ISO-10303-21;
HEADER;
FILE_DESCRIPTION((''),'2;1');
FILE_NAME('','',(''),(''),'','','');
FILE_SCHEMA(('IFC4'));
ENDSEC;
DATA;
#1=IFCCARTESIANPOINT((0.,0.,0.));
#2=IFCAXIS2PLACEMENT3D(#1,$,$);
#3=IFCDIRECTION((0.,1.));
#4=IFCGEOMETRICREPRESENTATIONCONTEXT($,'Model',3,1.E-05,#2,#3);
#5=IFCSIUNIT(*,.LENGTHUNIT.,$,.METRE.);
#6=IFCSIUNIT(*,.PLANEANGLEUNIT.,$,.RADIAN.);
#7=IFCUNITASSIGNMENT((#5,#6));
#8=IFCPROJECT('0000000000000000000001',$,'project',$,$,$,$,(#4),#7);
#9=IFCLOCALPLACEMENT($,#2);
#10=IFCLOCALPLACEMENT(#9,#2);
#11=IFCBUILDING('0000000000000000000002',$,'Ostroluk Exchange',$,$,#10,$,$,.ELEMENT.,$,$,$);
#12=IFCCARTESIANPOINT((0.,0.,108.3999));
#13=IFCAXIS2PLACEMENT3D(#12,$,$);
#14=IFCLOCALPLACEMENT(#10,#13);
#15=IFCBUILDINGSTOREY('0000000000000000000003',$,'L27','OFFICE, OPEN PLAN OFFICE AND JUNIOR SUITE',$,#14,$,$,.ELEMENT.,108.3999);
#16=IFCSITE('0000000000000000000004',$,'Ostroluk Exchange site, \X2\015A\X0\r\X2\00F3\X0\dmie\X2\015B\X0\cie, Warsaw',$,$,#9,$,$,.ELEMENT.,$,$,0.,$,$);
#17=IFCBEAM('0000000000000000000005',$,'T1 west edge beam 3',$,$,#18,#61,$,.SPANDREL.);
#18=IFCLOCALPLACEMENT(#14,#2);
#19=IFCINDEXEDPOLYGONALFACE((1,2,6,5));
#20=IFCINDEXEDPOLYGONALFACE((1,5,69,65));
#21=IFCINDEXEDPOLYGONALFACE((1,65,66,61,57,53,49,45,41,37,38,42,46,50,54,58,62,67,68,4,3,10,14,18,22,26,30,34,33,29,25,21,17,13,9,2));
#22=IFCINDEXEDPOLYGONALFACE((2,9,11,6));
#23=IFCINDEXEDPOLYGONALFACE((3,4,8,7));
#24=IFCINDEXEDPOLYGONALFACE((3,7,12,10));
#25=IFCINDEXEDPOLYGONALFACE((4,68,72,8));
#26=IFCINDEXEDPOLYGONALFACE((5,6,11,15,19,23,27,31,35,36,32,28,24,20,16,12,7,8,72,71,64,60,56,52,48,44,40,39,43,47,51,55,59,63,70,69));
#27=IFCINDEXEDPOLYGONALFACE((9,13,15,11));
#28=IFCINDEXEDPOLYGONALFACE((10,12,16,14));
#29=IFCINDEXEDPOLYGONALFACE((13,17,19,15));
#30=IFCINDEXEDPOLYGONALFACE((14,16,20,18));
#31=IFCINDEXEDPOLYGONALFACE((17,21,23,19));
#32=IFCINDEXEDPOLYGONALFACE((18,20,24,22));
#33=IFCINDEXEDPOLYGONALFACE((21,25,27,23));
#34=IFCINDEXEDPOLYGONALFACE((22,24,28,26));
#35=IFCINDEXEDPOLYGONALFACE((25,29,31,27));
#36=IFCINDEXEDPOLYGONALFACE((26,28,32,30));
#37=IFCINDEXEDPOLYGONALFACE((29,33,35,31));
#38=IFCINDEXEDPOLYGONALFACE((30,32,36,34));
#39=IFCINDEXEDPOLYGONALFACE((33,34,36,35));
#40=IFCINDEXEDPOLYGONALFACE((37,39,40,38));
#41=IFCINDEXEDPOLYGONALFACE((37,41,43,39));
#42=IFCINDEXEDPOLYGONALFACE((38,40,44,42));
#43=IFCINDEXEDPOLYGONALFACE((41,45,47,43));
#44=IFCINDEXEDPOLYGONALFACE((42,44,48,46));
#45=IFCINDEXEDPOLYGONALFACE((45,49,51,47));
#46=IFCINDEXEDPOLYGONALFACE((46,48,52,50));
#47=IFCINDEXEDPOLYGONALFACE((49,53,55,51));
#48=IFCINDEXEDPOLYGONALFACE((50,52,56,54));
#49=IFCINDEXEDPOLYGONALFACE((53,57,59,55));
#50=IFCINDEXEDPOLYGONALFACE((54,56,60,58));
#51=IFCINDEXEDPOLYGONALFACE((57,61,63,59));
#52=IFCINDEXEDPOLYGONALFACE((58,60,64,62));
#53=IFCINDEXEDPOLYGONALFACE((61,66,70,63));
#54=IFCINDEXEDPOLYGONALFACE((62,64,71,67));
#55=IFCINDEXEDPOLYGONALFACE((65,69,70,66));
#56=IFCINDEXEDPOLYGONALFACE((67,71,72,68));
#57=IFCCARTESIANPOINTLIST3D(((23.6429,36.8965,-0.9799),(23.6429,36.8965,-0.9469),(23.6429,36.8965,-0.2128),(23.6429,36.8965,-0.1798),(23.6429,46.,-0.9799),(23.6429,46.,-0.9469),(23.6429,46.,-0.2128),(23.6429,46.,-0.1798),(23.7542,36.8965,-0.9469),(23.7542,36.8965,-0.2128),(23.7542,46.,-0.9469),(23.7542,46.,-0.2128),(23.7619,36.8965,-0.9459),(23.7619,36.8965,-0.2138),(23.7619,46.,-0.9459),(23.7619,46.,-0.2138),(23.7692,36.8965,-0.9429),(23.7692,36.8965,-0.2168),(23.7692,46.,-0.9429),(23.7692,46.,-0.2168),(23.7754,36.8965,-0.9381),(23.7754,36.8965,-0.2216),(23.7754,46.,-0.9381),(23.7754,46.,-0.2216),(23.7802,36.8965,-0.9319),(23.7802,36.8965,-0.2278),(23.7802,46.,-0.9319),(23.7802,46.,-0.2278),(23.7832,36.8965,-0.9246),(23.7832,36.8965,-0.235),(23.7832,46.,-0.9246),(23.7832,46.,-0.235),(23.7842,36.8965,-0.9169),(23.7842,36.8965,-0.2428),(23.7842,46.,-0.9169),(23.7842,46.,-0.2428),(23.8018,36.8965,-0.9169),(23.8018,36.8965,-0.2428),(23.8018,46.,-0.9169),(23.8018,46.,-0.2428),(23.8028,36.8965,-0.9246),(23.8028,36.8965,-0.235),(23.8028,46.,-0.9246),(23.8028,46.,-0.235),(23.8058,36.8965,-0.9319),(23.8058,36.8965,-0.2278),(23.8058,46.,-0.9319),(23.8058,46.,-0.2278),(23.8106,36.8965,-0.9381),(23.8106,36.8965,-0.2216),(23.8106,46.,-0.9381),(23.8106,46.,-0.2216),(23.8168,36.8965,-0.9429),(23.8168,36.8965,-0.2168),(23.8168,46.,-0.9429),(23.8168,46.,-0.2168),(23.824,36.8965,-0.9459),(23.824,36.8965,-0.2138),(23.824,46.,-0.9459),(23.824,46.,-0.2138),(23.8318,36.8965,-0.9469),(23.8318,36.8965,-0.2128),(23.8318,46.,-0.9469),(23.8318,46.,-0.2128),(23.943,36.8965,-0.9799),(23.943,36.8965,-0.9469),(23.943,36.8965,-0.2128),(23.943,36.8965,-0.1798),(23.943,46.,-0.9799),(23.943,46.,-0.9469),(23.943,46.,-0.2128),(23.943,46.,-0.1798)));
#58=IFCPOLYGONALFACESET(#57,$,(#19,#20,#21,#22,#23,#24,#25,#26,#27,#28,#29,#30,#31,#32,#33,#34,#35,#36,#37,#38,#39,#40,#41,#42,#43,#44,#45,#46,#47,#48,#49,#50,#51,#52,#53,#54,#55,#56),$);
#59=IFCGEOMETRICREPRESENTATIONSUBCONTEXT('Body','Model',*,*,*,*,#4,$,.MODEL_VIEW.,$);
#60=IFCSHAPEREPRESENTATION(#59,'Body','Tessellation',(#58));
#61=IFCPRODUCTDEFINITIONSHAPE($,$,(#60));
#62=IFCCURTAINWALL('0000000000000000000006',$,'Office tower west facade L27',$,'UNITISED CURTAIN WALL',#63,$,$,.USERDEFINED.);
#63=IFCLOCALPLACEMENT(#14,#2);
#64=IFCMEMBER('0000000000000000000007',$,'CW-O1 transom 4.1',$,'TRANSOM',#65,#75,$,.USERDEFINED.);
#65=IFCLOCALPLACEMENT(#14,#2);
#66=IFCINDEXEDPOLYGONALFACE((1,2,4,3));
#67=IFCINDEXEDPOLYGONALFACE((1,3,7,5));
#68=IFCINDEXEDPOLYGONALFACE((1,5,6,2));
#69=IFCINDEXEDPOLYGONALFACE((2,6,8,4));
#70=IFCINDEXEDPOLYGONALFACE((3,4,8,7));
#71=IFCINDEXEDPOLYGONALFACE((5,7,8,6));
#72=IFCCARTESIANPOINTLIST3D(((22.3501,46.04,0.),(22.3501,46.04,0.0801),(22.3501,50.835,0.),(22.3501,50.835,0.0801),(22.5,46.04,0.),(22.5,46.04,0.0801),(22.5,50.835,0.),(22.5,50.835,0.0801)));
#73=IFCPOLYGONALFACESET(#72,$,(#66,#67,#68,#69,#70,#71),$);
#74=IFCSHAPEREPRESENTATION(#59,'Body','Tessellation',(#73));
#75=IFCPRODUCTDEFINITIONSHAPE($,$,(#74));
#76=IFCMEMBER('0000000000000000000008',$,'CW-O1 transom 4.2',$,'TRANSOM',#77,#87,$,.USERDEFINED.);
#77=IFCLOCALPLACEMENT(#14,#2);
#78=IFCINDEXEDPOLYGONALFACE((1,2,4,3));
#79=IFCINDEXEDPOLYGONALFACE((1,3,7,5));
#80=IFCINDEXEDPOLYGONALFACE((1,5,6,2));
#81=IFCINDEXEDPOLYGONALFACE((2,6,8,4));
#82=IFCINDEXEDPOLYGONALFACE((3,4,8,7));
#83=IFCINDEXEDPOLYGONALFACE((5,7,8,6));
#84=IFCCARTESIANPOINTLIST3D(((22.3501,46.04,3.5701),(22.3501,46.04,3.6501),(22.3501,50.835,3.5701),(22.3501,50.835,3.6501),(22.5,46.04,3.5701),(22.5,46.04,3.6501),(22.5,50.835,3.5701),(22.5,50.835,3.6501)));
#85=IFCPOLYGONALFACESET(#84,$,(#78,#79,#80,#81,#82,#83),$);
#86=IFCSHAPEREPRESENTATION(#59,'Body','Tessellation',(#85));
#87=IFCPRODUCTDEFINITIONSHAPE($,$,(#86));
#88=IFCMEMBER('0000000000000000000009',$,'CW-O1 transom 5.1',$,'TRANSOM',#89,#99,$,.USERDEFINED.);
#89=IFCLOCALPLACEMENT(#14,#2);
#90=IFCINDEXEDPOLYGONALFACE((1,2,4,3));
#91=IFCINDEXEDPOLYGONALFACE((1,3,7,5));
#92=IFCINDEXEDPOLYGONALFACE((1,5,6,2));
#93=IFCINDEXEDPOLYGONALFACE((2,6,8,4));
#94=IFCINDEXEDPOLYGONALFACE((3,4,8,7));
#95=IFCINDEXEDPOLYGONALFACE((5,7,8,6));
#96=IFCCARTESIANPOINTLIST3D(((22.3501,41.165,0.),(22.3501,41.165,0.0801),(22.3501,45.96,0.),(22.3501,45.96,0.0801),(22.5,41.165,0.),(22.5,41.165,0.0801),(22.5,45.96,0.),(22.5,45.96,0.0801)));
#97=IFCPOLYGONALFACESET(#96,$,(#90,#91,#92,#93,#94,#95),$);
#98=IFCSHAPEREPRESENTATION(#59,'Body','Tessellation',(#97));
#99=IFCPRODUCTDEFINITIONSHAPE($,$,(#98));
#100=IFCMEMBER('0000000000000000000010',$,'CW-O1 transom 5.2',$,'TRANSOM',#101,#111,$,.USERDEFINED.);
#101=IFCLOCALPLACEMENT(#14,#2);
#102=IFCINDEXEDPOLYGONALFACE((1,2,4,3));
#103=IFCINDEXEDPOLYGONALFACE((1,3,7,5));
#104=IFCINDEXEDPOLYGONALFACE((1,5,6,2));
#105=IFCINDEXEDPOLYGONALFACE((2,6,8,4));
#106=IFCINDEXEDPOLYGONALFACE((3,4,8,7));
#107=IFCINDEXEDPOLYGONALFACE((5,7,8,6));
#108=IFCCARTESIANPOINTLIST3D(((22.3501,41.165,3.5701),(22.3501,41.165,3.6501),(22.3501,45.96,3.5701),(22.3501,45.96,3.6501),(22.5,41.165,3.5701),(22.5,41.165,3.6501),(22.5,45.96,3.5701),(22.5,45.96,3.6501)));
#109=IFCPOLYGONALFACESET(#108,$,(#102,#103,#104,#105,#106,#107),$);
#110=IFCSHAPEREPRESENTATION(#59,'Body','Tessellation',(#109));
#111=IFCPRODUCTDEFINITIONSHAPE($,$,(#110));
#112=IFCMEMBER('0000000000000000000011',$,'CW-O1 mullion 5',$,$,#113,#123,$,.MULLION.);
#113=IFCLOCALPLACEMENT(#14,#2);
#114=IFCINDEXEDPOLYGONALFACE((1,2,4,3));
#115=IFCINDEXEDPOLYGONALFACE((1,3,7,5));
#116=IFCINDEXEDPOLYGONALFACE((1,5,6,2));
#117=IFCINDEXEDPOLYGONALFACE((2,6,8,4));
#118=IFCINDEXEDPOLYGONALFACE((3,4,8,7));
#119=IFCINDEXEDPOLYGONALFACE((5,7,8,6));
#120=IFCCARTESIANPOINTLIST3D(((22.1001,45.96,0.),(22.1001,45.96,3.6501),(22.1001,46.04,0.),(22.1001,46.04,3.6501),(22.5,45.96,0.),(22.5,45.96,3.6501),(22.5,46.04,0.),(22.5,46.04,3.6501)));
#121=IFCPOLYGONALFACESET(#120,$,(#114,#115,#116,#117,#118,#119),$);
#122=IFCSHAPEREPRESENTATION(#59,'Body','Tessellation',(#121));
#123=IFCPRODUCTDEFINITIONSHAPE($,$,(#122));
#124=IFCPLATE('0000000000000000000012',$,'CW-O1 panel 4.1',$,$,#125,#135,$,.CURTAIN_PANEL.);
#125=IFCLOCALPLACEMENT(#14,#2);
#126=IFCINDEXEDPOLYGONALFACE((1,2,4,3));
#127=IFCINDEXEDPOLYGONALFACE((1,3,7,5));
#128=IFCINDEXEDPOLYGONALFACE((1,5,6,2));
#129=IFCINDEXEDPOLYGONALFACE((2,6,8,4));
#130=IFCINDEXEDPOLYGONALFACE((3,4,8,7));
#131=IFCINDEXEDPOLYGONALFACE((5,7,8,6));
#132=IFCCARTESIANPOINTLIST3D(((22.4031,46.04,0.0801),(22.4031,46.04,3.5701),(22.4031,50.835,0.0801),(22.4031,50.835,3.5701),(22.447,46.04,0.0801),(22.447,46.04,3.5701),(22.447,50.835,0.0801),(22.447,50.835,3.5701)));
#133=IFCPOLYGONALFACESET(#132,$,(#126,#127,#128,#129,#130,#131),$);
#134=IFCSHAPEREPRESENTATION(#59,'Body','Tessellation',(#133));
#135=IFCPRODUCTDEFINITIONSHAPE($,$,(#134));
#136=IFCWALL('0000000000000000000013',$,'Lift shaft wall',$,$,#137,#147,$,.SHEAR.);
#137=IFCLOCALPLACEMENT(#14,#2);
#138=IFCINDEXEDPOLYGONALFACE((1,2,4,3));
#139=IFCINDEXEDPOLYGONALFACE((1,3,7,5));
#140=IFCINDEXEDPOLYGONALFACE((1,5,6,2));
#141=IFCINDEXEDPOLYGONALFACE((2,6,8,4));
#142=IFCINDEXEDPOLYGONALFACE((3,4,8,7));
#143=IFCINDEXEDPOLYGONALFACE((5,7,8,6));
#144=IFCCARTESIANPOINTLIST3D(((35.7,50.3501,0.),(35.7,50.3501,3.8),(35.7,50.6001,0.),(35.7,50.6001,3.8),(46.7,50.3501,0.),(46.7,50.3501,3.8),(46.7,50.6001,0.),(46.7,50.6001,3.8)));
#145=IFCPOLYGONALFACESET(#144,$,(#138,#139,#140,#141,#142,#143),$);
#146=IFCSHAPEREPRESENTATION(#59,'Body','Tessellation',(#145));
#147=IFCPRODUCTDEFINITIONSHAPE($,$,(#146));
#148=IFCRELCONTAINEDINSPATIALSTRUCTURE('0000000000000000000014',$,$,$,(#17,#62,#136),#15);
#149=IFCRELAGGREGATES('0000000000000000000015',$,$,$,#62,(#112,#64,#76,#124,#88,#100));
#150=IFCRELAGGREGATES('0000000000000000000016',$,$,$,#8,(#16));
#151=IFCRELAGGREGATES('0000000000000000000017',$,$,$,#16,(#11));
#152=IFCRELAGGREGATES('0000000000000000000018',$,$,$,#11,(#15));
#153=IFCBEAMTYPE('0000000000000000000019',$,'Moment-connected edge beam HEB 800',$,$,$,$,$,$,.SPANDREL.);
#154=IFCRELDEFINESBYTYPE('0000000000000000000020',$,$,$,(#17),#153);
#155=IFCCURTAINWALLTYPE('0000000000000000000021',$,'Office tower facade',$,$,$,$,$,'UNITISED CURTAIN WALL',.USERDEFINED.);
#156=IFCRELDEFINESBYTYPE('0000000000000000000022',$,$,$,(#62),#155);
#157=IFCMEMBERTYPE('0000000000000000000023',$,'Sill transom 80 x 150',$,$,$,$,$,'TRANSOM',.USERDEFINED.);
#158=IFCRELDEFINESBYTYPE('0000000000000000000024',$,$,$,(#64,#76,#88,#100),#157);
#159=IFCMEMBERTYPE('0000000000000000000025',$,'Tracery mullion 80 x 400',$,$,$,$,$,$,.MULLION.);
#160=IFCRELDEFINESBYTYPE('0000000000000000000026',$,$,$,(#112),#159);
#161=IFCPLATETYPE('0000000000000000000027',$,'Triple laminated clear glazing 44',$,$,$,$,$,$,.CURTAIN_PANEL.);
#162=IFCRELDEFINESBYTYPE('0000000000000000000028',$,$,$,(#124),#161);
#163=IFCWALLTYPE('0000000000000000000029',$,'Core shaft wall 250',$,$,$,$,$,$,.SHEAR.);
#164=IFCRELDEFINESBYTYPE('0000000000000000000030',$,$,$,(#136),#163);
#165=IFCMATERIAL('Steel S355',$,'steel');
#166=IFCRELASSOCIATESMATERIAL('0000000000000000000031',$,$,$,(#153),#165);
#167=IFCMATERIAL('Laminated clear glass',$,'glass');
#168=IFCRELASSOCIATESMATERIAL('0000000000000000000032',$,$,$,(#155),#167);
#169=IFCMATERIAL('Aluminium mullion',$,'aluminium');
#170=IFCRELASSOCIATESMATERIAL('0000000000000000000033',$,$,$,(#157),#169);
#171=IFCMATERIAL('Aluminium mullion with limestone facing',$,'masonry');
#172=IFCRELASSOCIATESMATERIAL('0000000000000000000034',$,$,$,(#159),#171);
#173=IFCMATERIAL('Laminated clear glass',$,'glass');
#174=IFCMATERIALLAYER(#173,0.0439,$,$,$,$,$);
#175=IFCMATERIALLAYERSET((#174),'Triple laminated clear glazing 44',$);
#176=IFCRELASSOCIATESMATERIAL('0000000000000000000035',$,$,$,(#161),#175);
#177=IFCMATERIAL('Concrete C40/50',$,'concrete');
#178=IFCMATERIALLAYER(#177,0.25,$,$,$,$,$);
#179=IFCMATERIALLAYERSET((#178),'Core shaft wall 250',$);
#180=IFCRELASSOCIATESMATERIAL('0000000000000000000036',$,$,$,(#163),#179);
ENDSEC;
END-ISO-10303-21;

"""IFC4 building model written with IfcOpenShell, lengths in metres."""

from ifc_helpers import new_model, si_unit, direction, frame, frame_2d, origin, origin_2d, place, context, subcontext, project, spatial, rectangle, i_section, extrude, material, layer, layer_set, material_profile, profile_set, type_object, element, aggregate, save


model = new_model("IFC4")

# Units and contexts
model_context = context("Model", 3, precision=1e-05, world=origin(), true_north=direction((0.0, 1.0)))
body_context = subcontext(model_context, "Body", "Model", "MODEL_VIEW")
ifc_project = project(units=[si_unit("LENGTHUNIT", "METRE"), si_unit("PLANEANGLEUNIT", "RADIAN")], contexts=[model_context])

# Site, building, storey
site_placement = place(None, origin())
site = spatial("IfcSite", under=ifc_project, at=site_placement, Name="Ostroluk Exchange site, Śródmieście, Warsaw", CompositionType="ELEMENT", RefElevation=0.0)
building_placement = place(site_placement, origin())
building = spatial("IfcBuilding", under=site, at=building_placement, Name="Ostroluk Exchange", CompositionType="ELEMENT")
storey_placement = place(building_placement, frame((0.0, 0.0, 108.3999)))
storey = spatial("IfcBuildingStorey", under=building, at=storey_placement, Name="L27", Description="OFFICE, OPEN PLAN OFFICE AND JUNIOR SUITE", CompositionType="ELEMENT", Elevation=108.3999)

# Beam
ifc_material_1 = material(Name="Steel S355", Category="steel")
ifc_material_profile_1 = material_profile(ifc_material_1, i_section(OverallWidth=0.3, OverallDepth=0.8, WebThickness=0.0176, FlangeThickness=0.033, FilletRadius=0.03, at=origin_2d()), Name="HEB 800")
ifc_profile_set_1 = profile_set([ifc_material_profile_1], Name="Steel S355")
beam_type_1 = type_object("IfcBeamType", Name="Moment-connected edge beam HEB 800", PredefinedType="SPANDREL", material=ifc_profile_set_1)
beam_placement = place(storey_placement, frame((23.793, 46.0, -0.5798), z_axis=(0.0, -1.0, 0.0), x_axis=(1.0, 0.0, 0.0)))
element("IfcBeam", 1, at=beam_placement, inside=storey, type_object=beam_type_1, Name="T1 west edge beam 3", PredefinedType="SPANDREL", context=body_context, shape_type="SweptSolid", body=[
    extrude(i_section(OverallWidth=0.3, OverallDepth=0.8, WebThickness=0.0176, FlangeThickness=0.033, FilletRadius=0.03, at=origin_2d()), origin(), (0.0, 0.0, 1.0), 9.1035),
])

# Curtain wall, members, plate
ifc_material_2 = material(Name="Laminated clear glass", Category="glass")
curtain_wall_type = type_object("IfcCurtainWallType", Name="Office tower facade", ElementType="UNITISED CURTAIN WALL", PredefinedType="USERDEFINED", material=ifc_material_2)
curtain_wall_placement = place(storey_placement, origin())
curtain_wall = element("IfcCurtainWall", 2, at=curtain_wall_placement, inside=storey, type_object=curtain_wall_type, Name="Office tower west facade L27", ObjectType="UNITISED CURTAIN WALL", PredefinedType="USERDEFINED")
ifc_material_3 = material(Name="Aluminium mullion", Category="aluminium")
ifc_material_profile_2 = material_profile(ifc_material_3, rectangle(XDim=0.1499, YDim=0.0801, at=origin_2d()), Name="Sill transom 80 x 150")
ifc_profile_set_2 = profile_set([ifc_material_profile_2], Name="Aluminium mullion")
member_type_1 = type_object("IfcMemberType", Name="Sill transom 80 x 150", ElementType="TRANSOM", PredefinedType="USERDEFINED", material=ifc_profile_set_2)
member_1_placement = place(storey_placement, frame((22.425, 50.835, 0.04), z_axis=(0.0, -1.0, 0.0), x_axis=(1.0, 0.0, 0.0)))
member_1 = element("IfcMember", 3, at=member_1_placement, type_object=member_type_1, Name="CW-O1 transom 4.1", ObjectType="TRANSOM", PredefinedType="USERDEFINED", context=body_context, shape_type="SweptSolid", body=[
    extrude(rectangle(XDim=0.1499, YDim=0.0801, at=origin_2d()), origin(), (0.0, 0.0, 1.0), 4.7949),
])
member_2_placement = place(storey_placement, frame((22.425, 50.835, 3.6101), z_axis=(0.0, -1.0, 0.0), x_axis=(1.0, 0.0, 0.0)))
member_2 = element("IfcMember", 4, at=member_2_placement, type_object=member_type_1, Name="CW-O1 transom 4.2", ObjectType="TRANSOM", PredefinedType="USERDEFINED", context=body_context, shape_type="SweptSolid", body=[
    extrude(rectangle(XDim=0.1499, YDim=0.0801, at=origin_2d()), origin(), (0.0, 0.0, 1.0), 4.7949),
])
member_3_placement = place(storey_placement, frame((22.425, 45.96, 0.04), z_axis=(0.0, -1.0, 0.0), x_axis=(1.0, 0.0, 0.0)))
member_3 = element("IfcMember", 5, at=member_3_placement, type_object=member_type_1, Name="CW-O1 transom 5.1", ObjectType="TRANSOM", PredefinedType="USERDEFINED", context=body_context, shape_type="SweptSolid", body=[
    extrude(rectangle(XDim=0.1499, YDim=0.0801, at=origin_2d()), origin(), (0.0, 0.0, 1.0), 4.7949),
])
member_4_placement = place(storey_placement, frame((22.425, 45.96, 3.6101), z_axis=(0.0, -1.0, 0.0), x_axis=(1.0, 0.0, 0.0)))
member_4 = element("IfcMember", 6, at=member_4_placement, type_object=member_type_1, Name="CW-O1 transom 5.2", ObjectType="TRANSOM", PredefinedType="USERDEFINED", context=body_context, shape_type="SweptSolid", body=[
    extrude(rectangle(XDim=0.1499, YDim=0.0801, at=origin_2d()), origin(), (0.0, 0.0, 1.0), 4.7949),
])
ifc_material_4 = material(Name="Aluminium mullion with limestone facing", Category="masonry")
ifc_material_profile_3 = material_profile(ifc_material_4, rectangle(XDim=0.3999, YDim=0.0801, at=origin_2d()), Name="Tracery mullion 80 x 400")
ifc_profile_set_3 = profile_set([ifc_material_profile_3], Name="Aluminium mullion with limestone facing")
member_type_2 = type_object("IfcMemberType", Name="Tracery mullion 80 x 400", PredefinedType="MULLION", material=ifc_profile_set_3)
member_5_placement = place(storey_placement, frame((22.3, 46.0, 0.0), z_axis=(0.0, 0.0, 1.0), x_axis=(1.0, 0.0, 0.0)))
member_5 = element("IfcMember", 7, at=member_5_placement, type_object=member_type_2, Name="CW-O1 mullion 5", PredefinedType="MULLION", context=body_context, shape_type="SweptSolid", body=[
    extrude(rectangle(XDim=0.3999, YDim=0.0801, at=origin_2d()), origin(), (0.0, 0.0, 1.0), 3.6501),
])
ifc_material_5 = material(Name="Laminated clear glass", Category="glass")
ifc_layer_1 = layer(ifc_material_5, 0.0439)
ifc_layer_set_1 = layer_set([ifc_layer_1], Name="Triple laminated clear glazing 44")
plate_type = type_object("IfcPlateType", Name="Triple laminated clear glazing 44", PredefinedType="CURTAIN_PANEL", material=ifc_layer_set_1)
plate_placement = place(storey_placement, frame((22.425, 48.4375, 0.0801), z_axis=(0.0, 0.0, 1.0), x_axis=(0.0, -1.0, 0.0)))
plate = element("IfcPlate", 8, at=plate_placement, type_object=plate_type, Name="CW-O1 panel 4.1", PredefinedType="CURTAIN_PANEL", context=body_context, shape_type="SweptSolid", body=[
    extrude(rectangle(XDim=4.7949, YDim=0.0439, at=origin_2d()), origin(), (0.0, 0.0, 1.0), 3.49),
])
aggregate(curtain_wall, [member_5, member_1, member_2, plate, member_3, member_4])

# Wall
ifc_material_6 = material(Name="Concrete C40/50", Category="concrete")
ifc_layer_2 = layer(ifc_material_6, 0.25)
ifc_layer_set_2 = layer_set([ifc_layer_2], Name="Core shaft wall 250")
wall_type_1 = type_object("IfcWallType", Name="Core shaft wall 250", PredefinedType="SHEAR", material=ifc_layer_set_2)
wall_1_placement = place(storey_placement, frame((35.7, 50.4751, 0.0), z_axis=(0.0, 0.0, 1.0), x_axis=(1.0, 0.0, 0.0)))
element("IfcWall", 9, at=wall_1_placement, inside=storey, type_object=wall_type_1, Name="Lift shaft wall", PredefinedType="SHEAR", context=body_context, shape_type="SweptSolid", body=[
    extrude(rectangle(XDim=11.0, YDim=0.25, at=frame_2d((5.5, 0.0))), origin(), (0.0, 0.0, 1.0), 3.8),
])

save(model, "model.ifc")
